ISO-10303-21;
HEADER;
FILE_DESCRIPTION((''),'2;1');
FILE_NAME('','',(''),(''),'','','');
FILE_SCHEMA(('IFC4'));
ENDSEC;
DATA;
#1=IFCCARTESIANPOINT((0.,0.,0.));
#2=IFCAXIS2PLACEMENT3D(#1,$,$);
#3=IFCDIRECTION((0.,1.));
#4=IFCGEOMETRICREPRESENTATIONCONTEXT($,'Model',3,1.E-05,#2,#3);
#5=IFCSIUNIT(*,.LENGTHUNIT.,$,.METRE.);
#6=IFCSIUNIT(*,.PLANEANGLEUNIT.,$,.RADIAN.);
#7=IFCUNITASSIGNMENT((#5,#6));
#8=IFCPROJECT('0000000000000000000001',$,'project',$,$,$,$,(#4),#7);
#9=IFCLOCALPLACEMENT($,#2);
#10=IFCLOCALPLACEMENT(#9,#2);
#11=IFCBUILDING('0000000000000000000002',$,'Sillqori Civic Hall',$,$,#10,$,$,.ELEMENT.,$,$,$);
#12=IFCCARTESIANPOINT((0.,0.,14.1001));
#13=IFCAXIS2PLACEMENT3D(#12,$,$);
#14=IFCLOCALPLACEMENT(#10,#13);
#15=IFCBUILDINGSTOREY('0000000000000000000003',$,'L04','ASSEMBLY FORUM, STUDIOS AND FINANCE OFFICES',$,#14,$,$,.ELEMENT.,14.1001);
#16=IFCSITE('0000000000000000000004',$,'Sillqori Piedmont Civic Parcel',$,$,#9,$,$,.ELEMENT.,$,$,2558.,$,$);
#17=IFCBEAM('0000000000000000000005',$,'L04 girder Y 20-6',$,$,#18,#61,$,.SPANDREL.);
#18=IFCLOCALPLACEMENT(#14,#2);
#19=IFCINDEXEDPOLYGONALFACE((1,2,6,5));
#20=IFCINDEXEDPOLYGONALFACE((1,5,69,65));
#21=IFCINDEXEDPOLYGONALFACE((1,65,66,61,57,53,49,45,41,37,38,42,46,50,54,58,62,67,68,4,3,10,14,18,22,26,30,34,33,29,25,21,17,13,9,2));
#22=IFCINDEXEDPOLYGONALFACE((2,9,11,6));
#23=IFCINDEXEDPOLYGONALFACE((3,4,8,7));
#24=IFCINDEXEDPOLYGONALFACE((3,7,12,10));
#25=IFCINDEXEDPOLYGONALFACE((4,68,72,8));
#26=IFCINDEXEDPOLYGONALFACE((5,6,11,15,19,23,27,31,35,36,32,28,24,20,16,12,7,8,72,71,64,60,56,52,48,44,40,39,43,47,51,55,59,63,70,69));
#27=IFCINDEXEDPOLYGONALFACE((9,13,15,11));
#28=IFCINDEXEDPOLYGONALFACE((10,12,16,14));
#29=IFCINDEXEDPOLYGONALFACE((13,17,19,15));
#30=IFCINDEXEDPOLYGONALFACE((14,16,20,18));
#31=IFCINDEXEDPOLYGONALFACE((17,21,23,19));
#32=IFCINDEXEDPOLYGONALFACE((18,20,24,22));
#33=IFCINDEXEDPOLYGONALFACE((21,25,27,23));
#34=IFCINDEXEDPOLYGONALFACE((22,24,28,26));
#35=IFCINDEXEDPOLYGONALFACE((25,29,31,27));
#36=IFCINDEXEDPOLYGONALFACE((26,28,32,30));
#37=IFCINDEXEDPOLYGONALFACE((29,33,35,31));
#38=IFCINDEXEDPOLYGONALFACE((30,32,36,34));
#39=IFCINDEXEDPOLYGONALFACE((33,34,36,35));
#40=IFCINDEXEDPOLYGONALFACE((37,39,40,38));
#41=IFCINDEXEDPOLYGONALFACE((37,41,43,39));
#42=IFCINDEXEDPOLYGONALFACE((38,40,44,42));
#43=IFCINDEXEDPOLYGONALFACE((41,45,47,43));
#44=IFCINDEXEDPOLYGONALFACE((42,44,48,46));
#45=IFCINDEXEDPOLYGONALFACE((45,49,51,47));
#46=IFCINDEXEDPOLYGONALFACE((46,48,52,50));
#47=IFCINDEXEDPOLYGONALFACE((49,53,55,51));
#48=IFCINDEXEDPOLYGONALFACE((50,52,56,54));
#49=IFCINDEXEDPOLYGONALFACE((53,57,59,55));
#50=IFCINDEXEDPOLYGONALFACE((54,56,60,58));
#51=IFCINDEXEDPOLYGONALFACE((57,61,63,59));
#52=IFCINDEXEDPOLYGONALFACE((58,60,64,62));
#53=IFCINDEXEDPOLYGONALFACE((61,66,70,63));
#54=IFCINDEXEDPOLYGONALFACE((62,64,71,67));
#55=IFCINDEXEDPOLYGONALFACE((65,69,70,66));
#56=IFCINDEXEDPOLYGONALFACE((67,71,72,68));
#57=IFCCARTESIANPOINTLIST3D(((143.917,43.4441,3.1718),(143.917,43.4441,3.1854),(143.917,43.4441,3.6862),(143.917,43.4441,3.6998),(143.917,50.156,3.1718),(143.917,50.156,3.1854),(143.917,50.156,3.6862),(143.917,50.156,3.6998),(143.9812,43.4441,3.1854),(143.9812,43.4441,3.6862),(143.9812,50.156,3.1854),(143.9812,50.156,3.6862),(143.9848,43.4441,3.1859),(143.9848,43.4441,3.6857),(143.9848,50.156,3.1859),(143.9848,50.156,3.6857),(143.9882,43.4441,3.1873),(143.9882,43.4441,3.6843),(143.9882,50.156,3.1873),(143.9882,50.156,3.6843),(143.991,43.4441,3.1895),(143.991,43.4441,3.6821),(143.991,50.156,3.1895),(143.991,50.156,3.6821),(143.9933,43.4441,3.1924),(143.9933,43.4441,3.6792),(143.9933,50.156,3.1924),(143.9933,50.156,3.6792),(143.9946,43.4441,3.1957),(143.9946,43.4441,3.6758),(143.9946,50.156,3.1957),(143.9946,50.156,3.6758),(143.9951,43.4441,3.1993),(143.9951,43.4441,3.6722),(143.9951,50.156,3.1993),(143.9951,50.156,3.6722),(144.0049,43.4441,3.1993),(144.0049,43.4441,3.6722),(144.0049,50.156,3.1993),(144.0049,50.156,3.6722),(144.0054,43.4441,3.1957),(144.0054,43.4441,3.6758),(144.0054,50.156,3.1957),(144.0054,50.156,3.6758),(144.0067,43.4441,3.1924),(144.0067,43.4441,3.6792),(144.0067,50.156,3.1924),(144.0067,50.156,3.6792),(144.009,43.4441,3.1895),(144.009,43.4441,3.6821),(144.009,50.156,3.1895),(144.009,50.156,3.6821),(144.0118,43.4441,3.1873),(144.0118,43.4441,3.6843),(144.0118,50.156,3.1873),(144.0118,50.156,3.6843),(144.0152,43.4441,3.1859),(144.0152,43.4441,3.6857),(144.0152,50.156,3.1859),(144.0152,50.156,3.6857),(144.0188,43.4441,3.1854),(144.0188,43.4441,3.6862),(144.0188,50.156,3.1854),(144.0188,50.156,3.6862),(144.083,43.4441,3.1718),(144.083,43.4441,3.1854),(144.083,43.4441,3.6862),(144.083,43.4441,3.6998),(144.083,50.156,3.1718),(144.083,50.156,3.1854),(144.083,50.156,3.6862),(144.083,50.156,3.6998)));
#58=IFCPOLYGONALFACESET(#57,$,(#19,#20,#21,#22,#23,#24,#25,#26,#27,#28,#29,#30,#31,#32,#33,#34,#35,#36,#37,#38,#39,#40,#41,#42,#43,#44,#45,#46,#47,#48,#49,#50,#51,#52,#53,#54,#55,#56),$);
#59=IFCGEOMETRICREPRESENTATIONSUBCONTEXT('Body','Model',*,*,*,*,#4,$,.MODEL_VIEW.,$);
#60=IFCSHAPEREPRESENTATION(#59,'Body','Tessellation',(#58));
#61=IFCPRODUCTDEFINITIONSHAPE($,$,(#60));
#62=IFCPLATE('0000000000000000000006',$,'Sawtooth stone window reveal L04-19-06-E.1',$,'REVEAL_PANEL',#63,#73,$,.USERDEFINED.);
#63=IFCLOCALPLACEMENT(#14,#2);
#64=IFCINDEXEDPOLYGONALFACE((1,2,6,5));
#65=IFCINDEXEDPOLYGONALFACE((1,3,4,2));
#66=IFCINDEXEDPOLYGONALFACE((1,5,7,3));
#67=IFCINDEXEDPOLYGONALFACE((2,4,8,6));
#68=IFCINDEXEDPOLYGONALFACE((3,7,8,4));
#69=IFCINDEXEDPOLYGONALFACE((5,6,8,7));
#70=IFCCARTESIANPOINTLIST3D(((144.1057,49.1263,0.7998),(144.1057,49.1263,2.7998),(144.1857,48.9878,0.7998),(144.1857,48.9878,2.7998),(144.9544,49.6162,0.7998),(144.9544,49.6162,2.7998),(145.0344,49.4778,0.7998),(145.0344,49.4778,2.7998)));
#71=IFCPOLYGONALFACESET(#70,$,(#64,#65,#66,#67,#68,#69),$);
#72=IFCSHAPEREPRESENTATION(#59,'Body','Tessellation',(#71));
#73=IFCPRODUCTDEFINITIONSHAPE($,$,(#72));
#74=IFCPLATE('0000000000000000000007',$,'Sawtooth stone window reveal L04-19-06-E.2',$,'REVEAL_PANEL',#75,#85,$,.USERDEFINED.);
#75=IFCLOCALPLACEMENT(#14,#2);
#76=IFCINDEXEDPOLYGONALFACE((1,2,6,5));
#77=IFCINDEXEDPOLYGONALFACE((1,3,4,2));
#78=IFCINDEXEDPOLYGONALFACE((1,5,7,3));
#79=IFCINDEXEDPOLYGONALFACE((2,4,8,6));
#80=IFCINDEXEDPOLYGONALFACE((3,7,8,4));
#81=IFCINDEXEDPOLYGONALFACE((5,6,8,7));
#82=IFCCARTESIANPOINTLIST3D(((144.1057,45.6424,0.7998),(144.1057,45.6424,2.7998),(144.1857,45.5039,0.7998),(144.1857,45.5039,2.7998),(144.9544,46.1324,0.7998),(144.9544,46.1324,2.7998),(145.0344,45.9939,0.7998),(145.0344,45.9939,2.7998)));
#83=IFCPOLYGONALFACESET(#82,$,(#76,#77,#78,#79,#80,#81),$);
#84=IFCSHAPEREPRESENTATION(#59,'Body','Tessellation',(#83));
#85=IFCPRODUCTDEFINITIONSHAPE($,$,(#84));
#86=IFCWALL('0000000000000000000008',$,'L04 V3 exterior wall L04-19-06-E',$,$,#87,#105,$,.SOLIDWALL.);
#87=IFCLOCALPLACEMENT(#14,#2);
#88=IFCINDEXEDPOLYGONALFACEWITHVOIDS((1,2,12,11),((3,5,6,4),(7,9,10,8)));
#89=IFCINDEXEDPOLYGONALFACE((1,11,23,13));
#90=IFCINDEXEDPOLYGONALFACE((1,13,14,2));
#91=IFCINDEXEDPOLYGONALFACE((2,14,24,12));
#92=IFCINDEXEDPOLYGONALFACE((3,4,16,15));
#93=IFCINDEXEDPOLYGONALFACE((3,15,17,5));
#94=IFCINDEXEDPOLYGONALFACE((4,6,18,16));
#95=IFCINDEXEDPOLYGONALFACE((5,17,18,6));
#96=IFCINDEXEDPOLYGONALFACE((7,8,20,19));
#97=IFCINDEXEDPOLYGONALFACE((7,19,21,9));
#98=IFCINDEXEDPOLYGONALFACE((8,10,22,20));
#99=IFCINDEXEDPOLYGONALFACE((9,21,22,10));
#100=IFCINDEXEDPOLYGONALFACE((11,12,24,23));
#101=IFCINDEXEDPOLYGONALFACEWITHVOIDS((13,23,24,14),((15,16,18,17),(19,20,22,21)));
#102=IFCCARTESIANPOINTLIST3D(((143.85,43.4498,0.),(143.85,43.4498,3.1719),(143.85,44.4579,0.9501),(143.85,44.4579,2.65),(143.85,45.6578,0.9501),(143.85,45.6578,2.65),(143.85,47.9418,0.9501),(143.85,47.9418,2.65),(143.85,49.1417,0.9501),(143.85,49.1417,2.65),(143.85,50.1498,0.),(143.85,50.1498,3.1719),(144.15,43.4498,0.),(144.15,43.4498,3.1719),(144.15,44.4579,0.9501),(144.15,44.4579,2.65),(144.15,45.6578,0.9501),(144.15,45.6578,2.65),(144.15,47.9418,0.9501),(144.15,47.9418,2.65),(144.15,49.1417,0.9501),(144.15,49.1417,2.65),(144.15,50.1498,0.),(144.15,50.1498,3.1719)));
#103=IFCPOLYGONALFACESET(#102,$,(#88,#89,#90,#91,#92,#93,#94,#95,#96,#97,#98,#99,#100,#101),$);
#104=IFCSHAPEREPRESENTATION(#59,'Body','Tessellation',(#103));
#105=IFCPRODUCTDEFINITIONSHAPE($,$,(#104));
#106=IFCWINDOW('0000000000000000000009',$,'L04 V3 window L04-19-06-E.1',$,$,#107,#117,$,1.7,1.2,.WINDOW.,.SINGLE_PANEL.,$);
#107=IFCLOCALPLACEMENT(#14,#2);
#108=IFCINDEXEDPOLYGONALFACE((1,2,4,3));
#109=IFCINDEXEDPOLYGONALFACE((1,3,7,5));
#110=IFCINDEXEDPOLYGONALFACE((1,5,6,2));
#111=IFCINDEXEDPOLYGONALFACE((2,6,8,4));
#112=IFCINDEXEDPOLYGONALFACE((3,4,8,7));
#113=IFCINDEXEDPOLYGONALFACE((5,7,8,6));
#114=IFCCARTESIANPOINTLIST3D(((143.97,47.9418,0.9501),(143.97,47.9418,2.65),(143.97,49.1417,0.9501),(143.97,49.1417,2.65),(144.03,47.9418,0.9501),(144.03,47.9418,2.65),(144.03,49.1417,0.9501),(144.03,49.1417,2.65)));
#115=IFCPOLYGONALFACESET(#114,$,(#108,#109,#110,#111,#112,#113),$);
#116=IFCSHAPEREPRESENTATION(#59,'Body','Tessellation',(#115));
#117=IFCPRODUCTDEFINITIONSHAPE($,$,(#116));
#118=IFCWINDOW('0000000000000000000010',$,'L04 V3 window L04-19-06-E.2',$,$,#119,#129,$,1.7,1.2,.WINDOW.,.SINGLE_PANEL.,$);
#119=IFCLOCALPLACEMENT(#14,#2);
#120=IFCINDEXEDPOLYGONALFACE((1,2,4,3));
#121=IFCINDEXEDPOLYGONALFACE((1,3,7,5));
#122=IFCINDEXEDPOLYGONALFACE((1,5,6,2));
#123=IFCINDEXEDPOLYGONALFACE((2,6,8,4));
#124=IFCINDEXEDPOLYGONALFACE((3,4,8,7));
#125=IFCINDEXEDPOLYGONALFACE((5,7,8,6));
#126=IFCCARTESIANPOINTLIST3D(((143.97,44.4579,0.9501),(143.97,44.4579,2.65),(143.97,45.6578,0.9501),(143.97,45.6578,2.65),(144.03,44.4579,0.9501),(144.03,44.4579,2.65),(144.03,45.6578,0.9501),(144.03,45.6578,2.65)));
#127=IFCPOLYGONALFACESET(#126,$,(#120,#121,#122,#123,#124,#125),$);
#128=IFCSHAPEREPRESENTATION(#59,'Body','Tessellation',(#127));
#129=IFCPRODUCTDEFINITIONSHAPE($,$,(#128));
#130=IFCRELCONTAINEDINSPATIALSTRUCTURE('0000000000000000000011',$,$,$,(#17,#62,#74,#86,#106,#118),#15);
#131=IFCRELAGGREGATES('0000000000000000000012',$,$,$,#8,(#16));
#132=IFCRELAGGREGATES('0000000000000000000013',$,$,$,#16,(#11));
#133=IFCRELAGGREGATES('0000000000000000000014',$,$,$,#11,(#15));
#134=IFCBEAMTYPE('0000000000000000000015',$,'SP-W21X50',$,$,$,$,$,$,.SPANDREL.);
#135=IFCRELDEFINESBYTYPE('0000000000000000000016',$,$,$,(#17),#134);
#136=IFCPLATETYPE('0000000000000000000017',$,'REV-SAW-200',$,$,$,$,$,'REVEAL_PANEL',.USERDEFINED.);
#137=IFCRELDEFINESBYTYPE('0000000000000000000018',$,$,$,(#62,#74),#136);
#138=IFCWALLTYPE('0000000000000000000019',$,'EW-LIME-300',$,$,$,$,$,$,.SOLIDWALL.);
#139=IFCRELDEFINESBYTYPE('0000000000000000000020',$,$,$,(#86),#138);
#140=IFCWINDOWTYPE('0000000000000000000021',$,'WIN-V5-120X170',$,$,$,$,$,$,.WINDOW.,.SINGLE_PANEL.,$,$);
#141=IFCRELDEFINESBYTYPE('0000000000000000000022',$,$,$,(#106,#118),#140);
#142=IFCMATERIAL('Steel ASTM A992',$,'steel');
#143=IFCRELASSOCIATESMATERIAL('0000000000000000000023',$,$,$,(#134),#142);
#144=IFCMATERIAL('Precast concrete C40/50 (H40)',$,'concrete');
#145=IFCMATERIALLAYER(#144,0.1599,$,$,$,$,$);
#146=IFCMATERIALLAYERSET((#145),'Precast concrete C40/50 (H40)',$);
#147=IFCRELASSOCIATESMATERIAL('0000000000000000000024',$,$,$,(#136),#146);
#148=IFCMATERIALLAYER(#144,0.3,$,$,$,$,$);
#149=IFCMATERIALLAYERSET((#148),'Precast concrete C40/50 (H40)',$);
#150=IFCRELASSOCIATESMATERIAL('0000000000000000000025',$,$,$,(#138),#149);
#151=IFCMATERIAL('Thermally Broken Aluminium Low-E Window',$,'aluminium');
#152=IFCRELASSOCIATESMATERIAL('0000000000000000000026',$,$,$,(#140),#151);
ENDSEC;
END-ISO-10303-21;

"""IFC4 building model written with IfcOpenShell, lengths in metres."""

from ifc_helpers import new_model, si_unit, direction, frame, frame_2d, origin, origin_2d, place, context, subcontext, project, spatial, rectangle, i_section, extrude, material, layer, layer_set, material_profile, profile_set, type_object, element, fill, save


model = new_model("IFC4")

# Units and contexts
model_context = context("Model", 3, precision=1e-05, world=origin(), true_north=direction((0.0, 1.0)))
body_context = subcontext(model_context, "Body", "Model", "MODEL_VIEW")
ifc_project = project(units=[si_unit("LENGTHUNIT", "METRE"), si_unit("PLANEANGLEUNIT", "RADIAN")], contexts=[model_context])

# Site, building, storey
site_placement = place(None, origin())
site = spatial("IfcSite", under=ifc_project, at=site_placement, Name="Sillqori Piedmont Civic Parcel", CompositionType="ELEMENT", RefElevation=2558.0)
building_placement = place(site_placement, origin())
building = spatial("IfcBuilding", under=site, at=building_placement, Name="Sillqori Civic Hall", CompositionType="ELEMENT")
storey_placement = place(building_placement, frame((0.0, 0.0, 14.1001)))
storey = spatial("IfcBuildingStorey", under=building, at=storey_placement, Name="L04", Description="ASSEMBLY FORUM, STUDIOS AND FINANCE OFFICES", CompositionType="ELEMENT", Elevation=14.1001)

# Beam
ifc_material_1 = material(Name="Steel ASTM A992", Category="steel")
ifc_material_profile_1 = material_profile(ifc_material_1, i_section(OverallWidth=0.166, OverallDepth=0.5281, WebThickness=0.0098, FlangeThickness=0.0137, FilletRadius=0.0139, at=origin_2d()), Name="W21X50")
ifc_profile_set_1 = profile_set([ifc_material_profile_1], Name="Steel ASTM A992")
beam_type_1 = type_object("IfcBeamType", Name="SP-W21X50", PredefinedType="SPANDREL", material=ifc_profile_set_1)
beam_1_placement = place(storey_placement, frame((144.0, 43.4441, 3.4358), z_axis=(0.0, 1.0, 0.0), x_axis=(-1.0, 0.0, 0.0)))
element("IfcBeam", 1, at=beam_1_placement, inside=storey, type_object=beam_type_1, Name="L04 girder Y 20-6", PredefinedType="SPANDREL", context=body_context, shape_type="SweptSolid", body=[
    extrude(i_section(OverallWidth=0.166, OverallDepth=0.5281, WebThickness=0.0098, FlangeThickness=0.0137, FilletRadius=0.0139, at=origin_2d()), origin(), (0.0, 0.0, 1.0), 6.7119),
])

# Plates
ifc_material_2 = material(Name="Precast concrete C40/50 (H40)", Category="concrete")
ifc_layer_1 = layer(ifc_material_2, 0.1599)
ifc_layer_set_1 = layer_set([ifc_layer_1], Name="Precast concrete C40/50 (H40)")
plate_type = type_object("IfcPlateType", Name="REV-SAW-200", ElementType="REVEAL_PANEL", PredefinedType="USERDEFINED", material=ifc_layer_set_1)
for number, where, z_axis, x_axis, name in (
    (2, (144.5701, 49.302, 0.7998), (0.0, 0.0, 1.0), (0.5, -0.866025, 0.0), "Sawtooth stone window reveal L04-19-06-E.1"),
    (3, (144.5701, 45.8181, 0.7998), (0.0, 0.0, 1.0), (0.5, -0.866025, 0.0), "Sawtooth stone window reveal L04-19-06-E.2"),
):
    element("IfcPlate", number, at=place(storey_placement, frame(where, z_axis=z_axis, x_axis=x_axis)), inside=storey, type_object=plate_type, Name=name, ObjectType="REVEAL_PANEL", PredefinedType="USERDEFINED", context=body_context, shape_type="SweptSolid", body=[
        extrude(rectangle(XDim=0.1599, YDim=0.98, at=origin_2d()), origin(), (0.0, 0.0, 1.0), 2.0),
    ])

# Wall, openings, windows
ifc_layer_2 = layer(ifc_material_2, 0.3)
ifc_layer_set_2 = layer_set([ifc_layer_2], Name="Precast concrete C40/50 (H40)")
wall_type_1 = type_object("IfcWallType", Name="EW-LIME-300", PredefinedType="SOLIDWALL", material=ifc_layer_set_2)
wall_1_placement = place(storey_placement, frame((144.0, 50.1499, 0.0), z_axis=(0.0, 0.0, 1.0), x_axis=(0.0, -1.0, 0.0)))
wall_1 = element("IfcWall", 4, at=wall_1_placement, inside=storey, type_object=wall_type_1, Name="L04 V3 exterior wall L04-19-06-E", PredefinedType="SOLIDWALL", context=body_context, shape_type="SweptSolid", body=[
    extrude(rectangle(XDim=6.7, YDim=0.3, at=frame_2d((3.3501, 0.0))), origin(), (0.0, 0.0, 1.0), 3.1719),
])
opening_1_placement = place(wall_1_placement, frame((1.0081, 0.0, 0.95)))
opening_1 = element("IfcOpeningElement", 5, at=opening_1_placement, cuts=wall_1, PredefinedType="OPENING", context=body_context, shape_type="SweptSolid", body=[
    extrude(rectangle(XDim=1.2, YDim=1.7, at=frame_2d((0.6001, 0.8501))), frame((0.0, 0.1599, 0.0), z_axis=(0.0, -1.0, 0.0), x_axis=(1.0, 0.0, 0.0)), (0.0, 0.0, 1.0), 0.3201),
])
opening_2_placement = place(wall_1_placement, frame((4.4919, 0.0, 0.95)))
opening_2 = element("IfcOpeningElement", 6, at=opening_2_placement, cuts=wall_1, PredefinedType="OPENING", context=body_context, shape_type="SweptSolid", body=[
    extrude(rectangle(XDim=1.2, YDim=1.7, at=frame_2d((0.6001, 0.8501))), frame((0.0, 0.1599, 0.0), z_axis=(0.0, -1.0, 0.0), x_axis=(1.0, 0.0, 0.0)), (0.0, 0.0, 1.0), 0.3201),
])
ifc_material_3 = material(Name="Thermally Broken Aluminium Low-E Window", Category="aluminium")
window_type_1 = type_object("IfcWindowType", Name="WIN-V5-120X170", PartitioningType="SINGLE_PANEL", PredefinedType="WINDOW", material=ifc_material_3)
window_1_placement = place(opening_1_placement, origin())
window_1 = element("IfcWindow", 7, at=window_1_placement, inside=storey, type_object=window_type_1, Name="L04 V3 window L04-19-06-E.1", OverallHeight=1.7, OverallWidth=1.2, PartitioningType="SINGLE_PANEL", PredefinedType="WINDOW", context=body_context, shape_type="SweptSolid", body=[
    extrude(rectangle(XDim=1.2, YDim=1.7, at=frame_2d((0.6001, 0.8501))), frame((0.0, 0.03, 0.0), z_axis=(0.0, -1.0, 0.0), x_axis=(1.0, 0.0, 0.0)), (0.0, 0.0, 1.0), 0.0601),
])
fill(opening_1, window_1)
window_2_placement = place(opening_2_placement, origin())
window_2 = element("IfcWindow", 8, at=window_2_placement, inside=storey, type_object=window_type_1, Name="L04 V3 window L04-19-06-E.2", OverallHeight=1.7, OverallWidth=1.2, PartitioningType="SINGLE_PANEL", PredefinedType="WINDOW", context=body_context, shape_type="SweptSolid", body=[
    extrude(rectangle(XDim=1.2, YDim=1.7, at=frame_2d((0.6001, 0.8501))), frame((0.0, 0.03, 0.0), z_axis=(0.0, -1.0, 0.0), x_axis=(1.0, 0.0, 0.0)), (0.0, 0.0, 1.0), 0.0601),
])
fill(opening_2, window_2)

save(model, "model.ifc")
